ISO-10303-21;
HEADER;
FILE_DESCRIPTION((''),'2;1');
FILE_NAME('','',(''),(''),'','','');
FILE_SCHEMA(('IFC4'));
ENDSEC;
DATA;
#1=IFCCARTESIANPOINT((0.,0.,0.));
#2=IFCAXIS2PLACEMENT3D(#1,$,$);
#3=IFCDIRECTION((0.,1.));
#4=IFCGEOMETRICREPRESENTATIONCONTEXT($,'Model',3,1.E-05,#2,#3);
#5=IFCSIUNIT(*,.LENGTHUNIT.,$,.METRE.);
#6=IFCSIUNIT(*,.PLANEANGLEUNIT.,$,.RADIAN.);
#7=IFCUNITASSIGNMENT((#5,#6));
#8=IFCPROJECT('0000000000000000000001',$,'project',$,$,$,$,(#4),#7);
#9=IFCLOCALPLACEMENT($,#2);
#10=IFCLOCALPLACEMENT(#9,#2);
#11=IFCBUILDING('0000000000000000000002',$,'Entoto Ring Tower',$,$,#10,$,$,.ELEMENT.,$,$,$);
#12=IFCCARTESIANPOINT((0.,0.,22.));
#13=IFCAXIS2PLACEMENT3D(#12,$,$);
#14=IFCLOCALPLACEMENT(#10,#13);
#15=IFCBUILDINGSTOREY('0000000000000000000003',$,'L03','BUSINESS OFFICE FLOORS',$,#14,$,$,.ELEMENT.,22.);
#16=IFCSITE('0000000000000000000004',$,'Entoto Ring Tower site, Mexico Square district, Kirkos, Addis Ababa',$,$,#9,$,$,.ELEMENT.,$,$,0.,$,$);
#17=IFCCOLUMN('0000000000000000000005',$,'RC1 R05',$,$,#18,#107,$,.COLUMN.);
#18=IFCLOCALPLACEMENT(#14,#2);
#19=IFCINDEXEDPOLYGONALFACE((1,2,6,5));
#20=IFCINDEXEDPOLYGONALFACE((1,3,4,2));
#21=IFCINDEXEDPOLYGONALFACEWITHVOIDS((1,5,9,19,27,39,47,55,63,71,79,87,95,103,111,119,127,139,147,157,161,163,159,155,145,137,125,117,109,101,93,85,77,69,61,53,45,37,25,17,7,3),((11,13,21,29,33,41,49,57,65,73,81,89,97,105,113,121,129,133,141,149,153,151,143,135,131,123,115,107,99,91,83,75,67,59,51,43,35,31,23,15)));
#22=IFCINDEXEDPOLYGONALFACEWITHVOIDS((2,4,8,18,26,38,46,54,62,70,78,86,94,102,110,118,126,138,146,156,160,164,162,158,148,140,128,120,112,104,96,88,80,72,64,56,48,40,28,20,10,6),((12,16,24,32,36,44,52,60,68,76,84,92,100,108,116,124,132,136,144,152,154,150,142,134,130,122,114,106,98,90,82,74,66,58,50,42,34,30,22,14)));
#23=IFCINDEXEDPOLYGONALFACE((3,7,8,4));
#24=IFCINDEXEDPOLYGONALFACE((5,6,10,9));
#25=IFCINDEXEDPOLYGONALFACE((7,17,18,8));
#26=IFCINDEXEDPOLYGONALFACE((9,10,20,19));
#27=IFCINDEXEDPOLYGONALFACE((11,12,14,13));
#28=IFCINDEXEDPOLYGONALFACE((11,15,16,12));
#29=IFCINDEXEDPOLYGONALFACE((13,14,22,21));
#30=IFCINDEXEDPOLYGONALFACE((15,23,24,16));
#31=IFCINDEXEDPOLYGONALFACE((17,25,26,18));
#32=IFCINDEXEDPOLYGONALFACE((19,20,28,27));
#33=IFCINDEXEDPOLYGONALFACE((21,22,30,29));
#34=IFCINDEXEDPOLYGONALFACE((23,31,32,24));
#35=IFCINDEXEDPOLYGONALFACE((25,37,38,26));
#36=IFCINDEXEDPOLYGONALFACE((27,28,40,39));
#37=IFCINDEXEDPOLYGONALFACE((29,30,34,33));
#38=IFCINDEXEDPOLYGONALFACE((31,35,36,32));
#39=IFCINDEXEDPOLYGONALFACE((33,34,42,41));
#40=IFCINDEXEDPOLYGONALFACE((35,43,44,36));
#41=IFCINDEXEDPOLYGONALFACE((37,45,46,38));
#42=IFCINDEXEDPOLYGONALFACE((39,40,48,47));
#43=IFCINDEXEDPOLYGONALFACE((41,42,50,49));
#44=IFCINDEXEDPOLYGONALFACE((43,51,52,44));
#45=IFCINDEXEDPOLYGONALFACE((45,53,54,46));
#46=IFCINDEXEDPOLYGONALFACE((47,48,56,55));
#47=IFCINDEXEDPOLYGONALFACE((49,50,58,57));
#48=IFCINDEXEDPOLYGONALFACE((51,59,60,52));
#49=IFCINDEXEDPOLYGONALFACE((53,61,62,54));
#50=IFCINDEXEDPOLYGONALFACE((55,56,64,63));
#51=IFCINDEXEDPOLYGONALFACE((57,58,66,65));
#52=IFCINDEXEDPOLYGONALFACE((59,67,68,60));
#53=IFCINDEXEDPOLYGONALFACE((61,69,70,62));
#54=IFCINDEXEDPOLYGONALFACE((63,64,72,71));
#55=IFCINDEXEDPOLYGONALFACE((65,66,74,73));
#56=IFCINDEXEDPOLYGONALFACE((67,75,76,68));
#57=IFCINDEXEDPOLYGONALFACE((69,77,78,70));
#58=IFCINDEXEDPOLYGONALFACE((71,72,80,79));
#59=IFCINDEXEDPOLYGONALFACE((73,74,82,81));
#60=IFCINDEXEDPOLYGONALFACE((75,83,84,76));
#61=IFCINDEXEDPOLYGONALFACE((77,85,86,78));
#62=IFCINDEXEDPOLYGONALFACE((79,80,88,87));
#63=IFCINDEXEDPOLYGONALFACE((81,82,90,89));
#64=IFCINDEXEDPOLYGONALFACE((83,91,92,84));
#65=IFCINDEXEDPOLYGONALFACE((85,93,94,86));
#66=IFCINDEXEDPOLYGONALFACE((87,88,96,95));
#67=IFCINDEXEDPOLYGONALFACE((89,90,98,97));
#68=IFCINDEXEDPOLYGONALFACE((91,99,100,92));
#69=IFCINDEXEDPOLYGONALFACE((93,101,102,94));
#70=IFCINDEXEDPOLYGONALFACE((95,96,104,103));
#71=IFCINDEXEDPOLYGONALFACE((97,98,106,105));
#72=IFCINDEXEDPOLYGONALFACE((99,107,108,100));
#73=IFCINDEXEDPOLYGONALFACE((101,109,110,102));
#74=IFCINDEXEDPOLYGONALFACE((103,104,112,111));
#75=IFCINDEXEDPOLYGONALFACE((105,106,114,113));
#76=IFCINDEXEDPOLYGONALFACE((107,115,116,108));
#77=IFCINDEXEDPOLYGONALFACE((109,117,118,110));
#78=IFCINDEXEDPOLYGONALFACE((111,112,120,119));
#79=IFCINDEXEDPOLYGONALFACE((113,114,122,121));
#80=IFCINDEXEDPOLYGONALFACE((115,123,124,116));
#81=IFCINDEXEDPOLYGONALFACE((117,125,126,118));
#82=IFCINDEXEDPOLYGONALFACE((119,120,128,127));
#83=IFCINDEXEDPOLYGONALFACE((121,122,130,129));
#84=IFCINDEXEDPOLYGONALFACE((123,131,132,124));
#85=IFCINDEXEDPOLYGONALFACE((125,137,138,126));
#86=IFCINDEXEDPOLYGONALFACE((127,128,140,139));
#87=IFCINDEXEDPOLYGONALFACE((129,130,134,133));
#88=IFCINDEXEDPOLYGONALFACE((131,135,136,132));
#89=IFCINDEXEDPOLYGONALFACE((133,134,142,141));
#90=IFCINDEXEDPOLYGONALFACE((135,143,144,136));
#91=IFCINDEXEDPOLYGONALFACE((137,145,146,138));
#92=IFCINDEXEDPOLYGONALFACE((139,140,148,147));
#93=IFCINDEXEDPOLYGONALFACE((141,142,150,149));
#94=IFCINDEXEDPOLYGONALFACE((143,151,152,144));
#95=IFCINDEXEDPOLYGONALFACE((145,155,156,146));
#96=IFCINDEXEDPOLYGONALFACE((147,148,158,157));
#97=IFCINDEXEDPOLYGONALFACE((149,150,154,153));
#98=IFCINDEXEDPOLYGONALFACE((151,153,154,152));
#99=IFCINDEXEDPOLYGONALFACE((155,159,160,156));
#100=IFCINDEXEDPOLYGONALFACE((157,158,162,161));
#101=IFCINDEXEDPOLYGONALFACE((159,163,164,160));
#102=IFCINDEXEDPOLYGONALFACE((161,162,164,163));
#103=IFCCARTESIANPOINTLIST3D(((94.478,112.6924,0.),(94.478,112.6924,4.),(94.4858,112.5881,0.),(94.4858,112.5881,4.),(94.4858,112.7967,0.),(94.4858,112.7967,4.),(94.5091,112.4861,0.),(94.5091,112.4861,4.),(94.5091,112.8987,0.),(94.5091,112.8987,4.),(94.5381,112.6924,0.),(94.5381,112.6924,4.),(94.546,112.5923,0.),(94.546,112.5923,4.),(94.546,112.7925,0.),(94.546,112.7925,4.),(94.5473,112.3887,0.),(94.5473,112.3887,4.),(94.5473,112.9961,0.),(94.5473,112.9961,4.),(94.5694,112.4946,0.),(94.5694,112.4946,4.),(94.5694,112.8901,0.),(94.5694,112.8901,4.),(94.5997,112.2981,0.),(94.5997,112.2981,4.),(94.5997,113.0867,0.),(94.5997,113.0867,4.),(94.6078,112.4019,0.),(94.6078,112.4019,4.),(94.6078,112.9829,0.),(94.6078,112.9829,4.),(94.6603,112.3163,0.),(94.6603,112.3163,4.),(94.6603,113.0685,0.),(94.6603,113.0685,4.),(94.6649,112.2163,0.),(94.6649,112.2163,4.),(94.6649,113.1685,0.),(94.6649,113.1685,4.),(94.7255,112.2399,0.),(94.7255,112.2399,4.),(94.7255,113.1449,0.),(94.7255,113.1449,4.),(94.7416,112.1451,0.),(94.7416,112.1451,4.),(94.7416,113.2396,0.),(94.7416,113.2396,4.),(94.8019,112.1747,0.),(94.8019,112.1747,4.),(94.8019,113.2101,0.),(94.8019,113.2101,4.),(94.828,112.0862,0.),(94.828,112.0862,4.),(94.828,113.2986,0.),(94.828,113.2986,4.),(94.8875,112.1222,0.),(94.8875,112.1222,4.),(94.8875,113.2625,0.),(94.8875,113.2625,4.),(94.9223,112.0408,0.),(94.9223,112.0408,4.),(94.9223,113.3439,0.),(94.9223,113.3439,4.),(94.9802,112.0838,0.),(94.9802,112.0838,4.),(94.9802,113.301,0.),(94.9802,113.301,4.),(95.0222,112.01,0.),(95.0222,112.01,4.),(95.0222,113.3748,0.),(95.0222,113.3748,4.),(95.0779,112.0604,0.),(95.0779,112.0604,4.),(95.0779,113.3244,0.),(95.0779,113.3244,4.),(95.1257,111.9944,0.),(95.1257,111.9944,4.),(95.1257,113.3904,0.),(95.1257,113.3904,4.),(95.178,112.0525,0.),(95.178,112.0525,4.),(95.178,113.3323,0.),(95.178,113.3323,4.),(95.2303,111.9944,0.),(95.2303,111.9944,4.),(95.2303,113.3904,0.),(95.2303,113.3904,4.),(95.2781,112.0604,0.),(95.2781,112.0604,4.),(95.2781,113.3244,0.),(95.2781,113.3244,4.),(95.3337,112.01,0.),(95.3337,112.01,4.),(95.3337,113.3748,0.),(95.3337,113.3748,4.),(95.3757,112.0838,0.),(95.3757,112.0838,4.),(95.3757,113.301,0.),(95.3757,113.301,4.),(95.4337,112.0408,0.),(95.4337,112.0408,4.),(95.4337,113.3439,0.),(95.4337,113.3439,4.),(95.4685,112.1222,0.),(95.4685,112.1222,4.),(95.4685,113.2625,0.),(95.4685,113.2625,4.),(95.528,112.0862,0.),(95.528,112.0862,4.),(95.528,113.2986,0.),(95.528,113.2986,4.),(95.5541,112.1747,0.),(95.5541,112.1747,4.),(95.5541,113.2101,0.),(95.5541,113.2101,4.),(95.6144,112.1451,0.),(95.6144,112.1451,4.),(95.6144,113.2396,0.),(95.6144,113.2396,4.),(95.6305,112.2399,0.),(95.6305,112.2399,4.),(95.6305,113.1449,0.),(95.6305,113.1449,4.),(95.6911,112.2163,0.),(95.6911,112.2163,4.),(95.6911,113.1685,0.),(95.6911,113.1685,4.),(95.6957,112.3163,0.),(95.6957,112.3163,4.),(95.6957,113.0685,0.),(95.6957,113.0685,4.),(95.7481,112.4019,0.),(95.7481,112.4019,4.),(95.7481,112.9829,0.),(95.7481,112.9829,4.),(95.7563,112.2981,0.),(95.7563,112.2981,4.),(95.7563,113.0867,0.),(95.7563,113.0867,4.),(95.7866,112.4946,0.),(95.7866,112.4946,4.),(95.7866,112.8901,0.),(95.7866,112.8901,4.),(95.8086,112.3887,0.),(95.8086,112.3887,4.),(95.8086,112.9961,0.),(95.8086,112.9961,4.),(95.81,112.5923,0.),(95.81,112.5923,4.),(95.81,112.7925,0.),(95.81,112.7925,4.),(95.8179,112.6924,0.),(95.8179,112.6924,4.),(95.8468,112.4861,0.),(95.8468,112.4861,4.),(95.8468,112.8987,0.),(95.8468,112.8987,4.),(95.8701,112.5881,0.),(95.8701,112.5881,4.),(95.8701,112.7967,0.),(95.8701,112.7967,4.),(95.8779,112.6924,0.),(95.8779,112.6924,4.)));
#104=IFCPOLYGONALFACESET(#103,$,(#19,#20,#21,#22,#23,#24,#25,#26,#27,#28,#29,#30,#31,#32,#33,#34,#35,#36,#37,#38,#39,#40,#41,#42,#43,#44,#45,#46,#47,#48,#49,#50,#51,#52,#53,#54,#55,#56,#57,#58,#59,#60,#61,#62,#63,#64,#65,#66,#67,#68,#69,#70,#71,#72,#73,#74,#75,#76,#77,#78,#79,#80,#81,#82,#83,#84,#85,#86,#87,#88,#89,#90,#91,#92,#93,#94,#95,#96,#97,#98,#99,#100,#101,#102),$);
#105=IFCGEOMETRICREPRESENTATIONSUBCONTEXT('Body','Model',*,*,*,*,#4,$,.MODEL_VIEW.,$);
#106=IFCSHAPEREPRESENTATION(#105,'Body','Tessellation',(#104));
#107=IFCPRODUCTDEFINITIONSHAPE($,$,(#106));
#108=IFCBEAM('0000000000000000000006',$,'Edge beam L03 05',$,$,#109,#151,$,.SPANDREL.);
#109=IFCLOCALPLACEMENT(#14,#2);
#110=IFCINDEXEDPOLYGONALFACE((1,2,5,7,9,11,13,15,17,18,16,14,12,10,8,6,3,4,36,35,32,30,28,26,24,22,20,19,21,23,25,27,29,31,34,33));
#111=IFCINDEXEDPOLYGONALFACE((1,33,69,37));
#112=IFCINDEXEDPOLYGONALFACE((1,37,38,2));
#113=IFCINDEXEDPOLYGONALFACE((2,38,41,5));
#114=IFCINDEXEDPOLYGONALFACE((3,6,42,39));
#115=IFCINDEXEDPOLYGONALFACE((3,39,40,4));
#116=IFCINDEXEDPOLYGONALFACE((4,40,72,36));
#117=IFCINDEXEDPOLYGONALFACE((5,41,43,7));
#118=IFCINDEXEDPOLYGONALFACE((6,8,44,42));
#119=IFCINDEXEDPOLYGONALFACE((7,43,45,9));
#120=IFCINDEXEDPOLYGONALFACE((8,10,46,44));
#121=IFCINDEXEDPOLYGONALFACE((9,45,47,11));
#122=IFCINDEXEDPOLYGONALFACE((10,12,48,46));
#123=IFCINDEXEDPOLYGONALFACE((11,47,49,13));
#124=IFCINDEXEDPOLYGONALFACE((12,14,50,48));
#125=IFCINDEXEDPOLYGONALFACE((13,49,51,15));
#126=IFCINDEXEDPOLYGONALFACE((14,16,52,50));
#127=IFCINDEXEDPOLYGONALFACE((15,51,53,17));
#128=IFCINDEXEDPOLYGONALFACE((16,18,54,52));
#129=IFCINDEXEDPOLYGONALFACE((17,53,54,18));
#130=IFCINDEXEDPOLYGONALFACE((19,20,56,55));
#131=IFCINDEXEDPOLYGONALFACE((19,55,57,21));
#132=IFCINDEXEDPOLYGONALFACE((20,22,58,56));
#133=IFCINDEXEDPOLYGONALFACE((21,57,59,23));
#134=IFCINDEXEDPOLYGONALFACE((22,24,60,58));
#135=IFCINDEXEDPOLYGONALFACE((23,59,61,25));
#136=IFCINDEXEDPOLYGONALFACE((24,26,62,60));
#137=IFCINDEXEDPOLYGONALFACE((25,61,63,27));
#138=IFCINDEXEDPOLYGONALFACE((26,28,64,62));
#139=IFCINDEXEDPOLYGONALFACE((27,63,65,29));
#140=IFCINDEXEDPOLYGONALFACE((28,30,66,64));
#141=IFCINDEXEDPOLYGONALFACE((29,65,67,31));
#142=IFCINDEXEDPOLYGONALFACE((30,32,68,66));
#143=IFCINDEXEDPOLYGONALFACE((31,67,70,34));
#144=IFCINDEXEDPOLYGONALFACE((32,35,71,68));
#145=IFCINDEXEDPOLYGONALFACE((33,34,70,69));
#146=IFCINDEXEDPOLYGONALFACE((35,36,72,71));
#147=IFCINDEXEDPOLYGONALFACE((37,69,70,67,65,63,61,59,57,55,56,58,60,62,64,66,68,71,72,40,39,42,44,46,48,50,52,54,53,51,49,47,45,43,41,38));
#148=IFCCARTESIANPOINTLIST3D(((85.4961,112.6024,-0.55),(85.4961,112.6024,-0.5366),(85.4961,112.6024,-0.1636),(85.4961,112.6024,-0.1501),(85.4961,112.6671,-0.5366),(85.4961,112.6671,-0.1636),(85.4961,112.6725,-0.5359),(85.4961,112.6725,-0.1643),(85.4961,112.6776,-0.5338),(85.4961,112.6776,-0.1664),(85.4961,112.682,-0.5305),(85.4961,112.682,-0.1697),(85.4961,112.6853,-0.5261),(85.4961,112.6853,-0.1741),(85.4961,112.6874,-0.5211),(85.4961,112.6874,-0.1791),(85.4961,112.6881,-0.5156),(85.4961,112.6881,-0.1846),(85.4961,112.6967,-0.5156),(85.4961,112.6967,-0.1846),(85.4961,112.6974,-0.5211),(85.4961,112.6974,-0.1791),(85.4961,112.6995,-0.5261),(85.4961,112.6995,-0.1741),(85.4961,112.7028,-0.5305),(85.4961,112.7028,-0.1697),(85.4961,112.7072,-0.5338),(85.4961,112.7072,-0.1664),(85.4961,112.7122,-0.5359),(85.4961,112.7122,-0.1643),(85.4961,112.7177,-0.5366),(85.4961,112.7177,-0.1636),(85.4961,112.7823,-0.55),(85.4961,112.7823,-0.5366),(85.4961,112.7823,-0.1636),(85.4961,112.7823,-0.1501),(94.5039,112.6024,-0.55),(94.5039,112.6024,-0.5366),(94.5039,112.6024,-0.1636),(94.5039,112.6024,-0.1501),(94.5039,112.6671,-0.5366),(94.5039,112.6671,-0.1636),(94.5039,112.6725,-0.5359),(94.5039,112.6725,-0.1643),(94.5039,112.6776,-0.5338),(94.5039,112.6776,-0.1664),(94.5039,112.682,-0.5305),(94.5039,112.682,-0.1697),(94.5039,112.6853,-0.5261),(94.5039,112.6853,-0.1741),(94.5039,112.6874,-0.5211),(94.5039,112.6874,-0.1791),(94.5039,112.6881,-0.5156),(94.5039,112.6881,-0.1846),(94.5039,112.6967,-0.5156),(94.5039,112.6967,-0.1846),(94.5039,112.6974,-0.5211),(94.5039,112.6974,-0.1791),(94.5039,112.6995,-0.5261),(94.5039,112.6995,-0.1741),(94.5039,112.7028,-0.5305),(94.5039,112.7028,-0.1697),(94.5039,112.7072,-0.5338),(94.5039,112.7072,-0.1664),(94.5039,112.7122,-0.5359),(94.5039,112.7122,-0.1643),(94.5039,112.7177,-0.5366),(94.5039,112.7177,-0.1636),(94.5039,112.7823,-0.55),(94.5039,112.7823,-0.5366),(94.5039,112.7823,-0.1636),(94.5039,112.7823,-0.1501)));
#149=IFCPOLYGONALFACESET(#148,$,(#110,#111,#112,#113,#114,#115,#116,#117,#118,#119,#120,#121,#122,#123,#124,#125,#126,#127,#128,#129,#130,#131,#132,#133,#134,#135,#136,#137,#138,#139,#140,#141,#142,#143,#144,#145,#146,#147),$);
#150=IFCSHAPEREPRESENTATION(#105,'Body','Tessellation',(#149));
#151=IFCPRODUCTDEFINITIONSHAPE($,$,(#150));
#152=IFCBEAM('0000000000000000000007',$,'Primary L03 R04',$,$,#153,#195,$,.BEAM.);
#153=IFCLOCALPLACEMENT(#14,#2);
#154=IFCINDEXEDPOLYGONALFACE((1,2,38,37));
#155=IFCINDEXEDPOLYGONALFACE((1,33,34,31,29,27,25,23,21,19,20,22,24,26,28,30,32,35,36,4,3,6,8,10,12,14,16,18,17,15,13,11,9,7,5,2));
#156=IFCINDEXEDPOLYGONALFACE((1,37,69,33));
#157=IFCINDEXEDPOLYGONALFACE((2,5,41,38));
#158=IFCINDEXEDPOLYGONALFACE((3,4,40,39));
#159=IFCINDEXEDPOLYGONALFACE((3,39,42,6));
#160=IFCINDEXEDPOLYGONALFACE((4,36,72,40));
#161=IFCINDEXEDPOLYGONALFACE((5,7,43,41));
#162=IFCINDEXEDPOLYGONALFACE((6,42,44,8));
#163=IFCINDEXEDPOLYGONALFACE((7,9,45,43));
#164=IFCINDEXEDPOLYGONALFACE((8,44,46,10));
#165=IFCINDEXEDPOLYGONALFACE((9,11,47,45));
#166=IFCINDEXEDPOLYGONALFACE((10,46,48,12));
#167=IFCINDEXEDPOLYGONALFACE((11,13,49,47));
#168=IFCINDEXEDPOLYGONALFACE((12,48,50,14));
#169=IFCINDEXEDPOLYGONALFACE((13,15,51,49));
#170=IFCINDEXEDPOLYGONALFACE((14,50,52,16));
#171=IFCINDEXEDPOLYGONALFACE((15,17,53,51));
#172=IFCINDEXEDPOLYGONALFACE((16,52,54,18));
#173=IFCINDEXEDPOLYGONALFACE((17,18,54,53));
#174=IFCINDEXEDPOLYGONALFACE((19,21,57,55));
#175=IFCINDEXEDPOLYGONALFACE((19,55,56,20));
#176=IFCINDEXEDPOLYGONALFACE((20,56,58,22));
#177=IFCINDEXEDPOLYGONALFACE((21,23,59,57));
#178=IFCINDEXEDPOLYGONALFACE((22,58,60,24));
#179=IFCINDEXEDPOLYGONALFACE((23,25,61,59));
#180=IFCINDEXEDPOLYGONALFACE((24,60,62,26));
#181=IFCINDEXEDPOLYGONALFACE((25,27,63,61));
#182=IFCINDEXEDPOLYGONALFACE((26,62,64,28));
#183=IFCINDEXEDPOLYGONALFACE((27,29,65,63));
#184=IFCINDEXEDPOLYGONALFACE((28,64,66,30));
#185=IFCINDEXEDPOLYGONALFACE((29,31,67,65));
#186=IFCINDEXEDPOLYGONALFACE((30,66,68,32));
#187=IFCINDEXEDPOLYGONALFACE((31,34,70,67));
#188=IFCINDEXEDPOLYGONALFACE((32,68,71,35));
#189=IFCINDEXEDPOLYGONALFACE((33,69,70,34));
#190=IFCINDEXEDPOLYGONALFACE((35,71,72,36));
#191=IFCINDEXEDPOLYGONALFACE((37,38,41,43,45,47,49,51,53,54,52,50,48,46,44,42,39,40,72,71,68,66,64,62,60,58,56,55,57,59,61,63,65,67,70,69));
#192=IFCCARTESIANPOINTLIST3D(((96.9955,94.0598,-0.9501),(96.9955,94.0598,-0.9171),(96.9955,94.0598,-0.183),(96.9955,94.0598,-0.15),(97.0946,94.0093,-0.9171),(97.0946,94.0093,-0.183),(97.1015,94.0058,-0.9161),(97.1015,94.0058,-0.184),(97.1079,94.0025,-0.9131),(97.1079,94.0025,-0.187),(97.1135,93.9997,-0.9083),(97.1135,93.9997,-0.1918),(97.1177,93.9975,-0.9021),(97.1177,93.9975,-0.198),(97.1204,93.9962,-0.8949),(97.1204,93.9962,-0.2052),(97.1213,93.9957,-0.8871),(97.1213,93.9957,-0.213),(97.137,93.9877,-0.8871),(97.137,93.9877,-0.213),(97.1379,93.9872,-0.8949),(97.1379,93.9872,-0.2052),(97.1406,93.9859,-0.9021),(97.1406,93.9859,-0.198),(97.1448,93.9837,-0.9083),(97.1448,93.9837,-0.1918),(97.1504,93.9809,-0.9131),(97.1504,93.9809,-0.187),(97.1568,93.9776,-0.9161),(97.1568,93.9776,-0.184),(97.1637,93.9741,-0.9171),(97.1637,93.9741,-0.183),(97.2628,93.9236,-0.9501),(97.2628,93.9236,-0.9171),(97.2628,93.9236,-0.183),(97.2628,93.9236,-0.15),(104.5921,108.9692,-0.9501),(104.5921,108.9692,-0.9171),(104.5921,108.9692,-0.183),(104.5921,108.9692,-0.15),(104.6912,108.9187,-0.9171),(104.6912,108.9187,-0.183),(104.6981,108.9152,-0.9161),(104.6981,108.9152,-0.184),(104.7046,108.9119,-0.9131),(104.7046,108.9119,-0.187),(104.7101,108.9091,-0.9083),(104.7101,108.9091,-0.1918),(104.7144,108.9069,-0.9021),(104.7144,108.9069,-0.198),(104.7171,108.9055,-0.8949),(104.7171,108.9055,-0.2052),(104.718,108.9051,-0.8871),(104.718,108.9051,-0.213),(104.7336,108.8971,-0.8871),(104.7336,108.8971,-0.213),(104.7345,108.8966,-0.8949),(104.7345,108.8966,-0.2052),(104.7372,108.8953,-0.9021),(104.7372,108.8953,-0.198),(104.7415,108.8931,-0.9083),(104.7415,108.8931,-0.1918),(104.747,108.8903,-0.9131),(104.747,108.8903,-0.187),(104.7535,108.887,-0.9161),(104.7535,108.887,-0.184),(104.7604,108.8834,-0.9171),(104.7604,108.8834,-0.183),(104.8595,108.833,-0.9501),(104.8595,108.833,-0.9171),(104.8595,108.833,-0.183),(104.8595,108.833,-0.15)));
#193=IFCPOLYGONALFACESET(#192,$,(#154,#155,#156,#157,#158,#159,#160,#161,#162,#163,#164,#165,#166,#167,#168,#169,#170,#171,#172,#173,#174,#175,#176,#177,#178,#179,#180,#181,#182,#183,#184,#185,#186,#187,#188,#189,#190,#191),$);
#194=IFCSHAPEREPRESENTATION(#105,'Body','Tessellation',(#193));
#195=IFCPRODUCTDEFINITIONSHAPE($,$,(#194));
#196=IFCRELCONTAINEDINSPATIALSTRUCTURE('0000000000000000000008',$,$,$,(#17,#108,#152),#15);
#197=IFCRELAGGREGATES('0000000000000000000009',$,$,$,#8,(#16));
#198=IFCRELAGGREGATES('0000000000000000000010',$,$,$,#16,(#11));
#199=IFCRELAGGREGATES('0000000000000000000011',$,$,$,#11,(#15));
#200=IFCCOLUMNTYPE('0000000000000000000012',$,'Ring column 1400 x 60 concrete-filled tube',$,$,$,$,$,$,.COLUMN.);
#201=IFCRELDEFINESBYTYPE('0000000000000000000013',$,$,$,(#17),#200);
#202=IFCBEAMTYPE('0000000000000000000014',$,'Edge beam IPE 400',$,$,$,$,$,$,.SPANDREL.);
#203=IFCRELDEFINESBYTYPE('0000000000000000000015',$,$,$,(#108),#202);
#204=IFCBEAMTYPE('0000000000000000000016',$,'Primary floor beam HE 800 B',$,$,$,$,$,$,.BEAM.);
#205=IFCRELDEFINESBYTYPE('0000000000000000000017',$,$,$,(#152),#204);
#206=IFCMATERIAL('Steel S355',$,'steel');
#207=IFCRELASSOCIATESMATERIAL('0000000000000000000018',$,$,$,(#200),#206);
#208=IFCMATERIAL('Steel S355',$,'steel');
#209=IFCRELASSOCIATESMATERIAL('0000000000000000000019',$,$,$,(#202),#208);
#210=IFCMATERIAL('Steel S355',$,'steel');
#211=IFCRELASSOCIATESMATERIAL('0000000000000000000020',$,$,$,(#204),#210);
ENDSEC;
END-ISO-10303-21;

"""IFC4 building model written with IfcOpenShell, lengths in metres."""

from ifc_helpers import new_model, si_unit, direction, frame, origin, origin_2d, place, context, subcontext, project, spatial, circle, hollow_circle, i_section, extrude, material, material_profile, profile_set, type_object, element, save


model = new_model("IFC4")

# Units and contexts
model_context = context("Model", 3, precision=1e-05, world=origin(), true_north=direction((0.0, 1.0)))
body_context = subcontext(model_context, "Body", "Model", "MODEL_VIEW")
ifc_project = project(units=[si_unit("LENGTHUNIT", "METRE"), si_unit("PLANEANGLEUNIT", "RADIAN")], contexts=[model_context])

# Site, building, storey
site_placement = place(None, origin())
site = spatial("IfcSite", under=ifc_project, at=site_placement, Name="Entoto Ring Tower site, Mexico Square district, Kirkos, Addis Ababa", CompositionType="ELEMENT", RefElevation=0.0)
building_placement = place(site_placement, origin())
building = spatial("IfcBuilding", under=site, at=building_placement, Name="Entoto Ring Tower", CompositionType="ELEMENT")
storey_placement = place(building_placement, frame((0.0, 0.0, 22.0)))
storey = spatial("IfcBuildingStorey", under=building, at=storey_placement, Name="L03", Description="BUSINESS OFFICE FLOORS", CompositionType="ELEMENT", Elevation=22.0)

# Column
ifc_material_1 = material(Name="Steel S355", Category="steel")
ifc_material_profile_1 = material_profile(ifc_material_1, hollow_circle(Radius=0.7, WallThickness=0.0601, at=origin_2d()), Name="CHS 1400 x 60")
ifc_material_2 = material(Name="Concrete C60/75", Category="concrete")
ifc_material_profile_2 = material_profile(ifc_material_2, circle(Radius=0.6399, at=origin_2d()), Name="Concrete C60/75 infill")
ifc_profile_set_1 = profile_set([ifc_material_profile_1, ifc_material_profile_2], Name="Steel S355")
column_type = type_object("IfcColumnType", Name="Ring column 1400 x 60 concrete-filled tube", PredefinedType="COLUMN", material=ifc_profile_set_1)
column_placement = place(storey_placement, frame((95.178, 112.6924, 0.0), z_axis=(0.0, 0.0, 1.0), x_axis=(1.0, 0.0, 0.0)))
element("IfcColumn", 1, at=column_placement, inside=storey, type_object=column_type, Name="RC1 R05", PredefinedType="COLUMN", context=body_context, shape_type="SweptSolid", body=[
    extrude(hollow_circle(Radius=0.7, WallThickness=0.0601, at=origin_2d()), origin(), (0.0, 0.0, 1.0), 4.0),
])

# Beams
ifc_material_3 = material(Name="Steel S355", Category="steel")
ifc_material_profile_3 = material_profile(ifc_material_3, i_section(OverallWidth=0.1799, OverallDepth=0.3999, WebThickness=0.0085, FlangeThickness=0.0134, FilletRadius=0.021, at=origin_2d()), Name="IPE 400")
ifc_profile_set_2 = profile_set([ifc_material_profile_3], Name="Steel S355")
beam_type_1 = type_object("IfcBeamType", Name="Edge beam IPE 400", PredefinedType="SPANDREL", material=ifc_profile_set_2)
beam_1_placement = place(storey_placement, frame((94.5039, 112.6924, -0.3501), z_axis=(-1.0, 0.0, 0.0), x_axis=(0.0, -1.0, 0.0)))
element("IfcBeam", 2, at=beam_1_placement, inside=storey, type_object=beam_type_1, Name="Edge beam L03 05", PredefinedType="SPANDREL", context=body_context, shape_type="SweptSolid", body=[
    extrude(i_section(OverallWidth=0.1799, OverallDepth=0.3999, WebThickness=0.0085, FlangeThickness=0.0134, FilletRadius=0.021, at=origin_2d()), origin(), (0.0, 0.0, 1.0), 9.0078),
])
ifc_material_4 = material(Name="Steel S355", Category="steel")
ifc_material_profile_4 = material_profile(ifc_material_4, i_section(OverallWidth=0.3, OverallDepth=0.8, WebThickness=0.0176, FlangeThickness=0.033, FilletRadius=0.03, at=origin_2d()), Name="HE 800 B")
ifc_profile_set_3 = profile_set([ifc_material_profile_4], Name="Steel S355")
beam_type_2 = type_object("IfcBeamType", Name="Primary floor beam HE 800 B", PredefinedType="BEAM", material=ifc_profile_set_3)
beam_2_placement = place(storey_placement, frame((97.1292, 93.9917, -0.55), z_axis=(0.453988, 0.891008, 0.0), x_axis=(-0.891008, 0.453988, 0.0)))
element("IfcBeam", 3, at=beam_2_placement, inside=storey, type_object=beam_type_2, Name="Primary L03 R04", PredefinedType="BEAM", context=body_context, shape_type="SweptSolid", body=[
    extrude(i_section(OverallWidth=0.3, OverallDepth=0.8, WebThickness=0.0176, FlangeThickness=0.033, FilletRadius=0.03, at=origin_2d()), origin(), (0.0, 0.0, 1.0), 16.7332),
])

save(model, "model.ifc")
